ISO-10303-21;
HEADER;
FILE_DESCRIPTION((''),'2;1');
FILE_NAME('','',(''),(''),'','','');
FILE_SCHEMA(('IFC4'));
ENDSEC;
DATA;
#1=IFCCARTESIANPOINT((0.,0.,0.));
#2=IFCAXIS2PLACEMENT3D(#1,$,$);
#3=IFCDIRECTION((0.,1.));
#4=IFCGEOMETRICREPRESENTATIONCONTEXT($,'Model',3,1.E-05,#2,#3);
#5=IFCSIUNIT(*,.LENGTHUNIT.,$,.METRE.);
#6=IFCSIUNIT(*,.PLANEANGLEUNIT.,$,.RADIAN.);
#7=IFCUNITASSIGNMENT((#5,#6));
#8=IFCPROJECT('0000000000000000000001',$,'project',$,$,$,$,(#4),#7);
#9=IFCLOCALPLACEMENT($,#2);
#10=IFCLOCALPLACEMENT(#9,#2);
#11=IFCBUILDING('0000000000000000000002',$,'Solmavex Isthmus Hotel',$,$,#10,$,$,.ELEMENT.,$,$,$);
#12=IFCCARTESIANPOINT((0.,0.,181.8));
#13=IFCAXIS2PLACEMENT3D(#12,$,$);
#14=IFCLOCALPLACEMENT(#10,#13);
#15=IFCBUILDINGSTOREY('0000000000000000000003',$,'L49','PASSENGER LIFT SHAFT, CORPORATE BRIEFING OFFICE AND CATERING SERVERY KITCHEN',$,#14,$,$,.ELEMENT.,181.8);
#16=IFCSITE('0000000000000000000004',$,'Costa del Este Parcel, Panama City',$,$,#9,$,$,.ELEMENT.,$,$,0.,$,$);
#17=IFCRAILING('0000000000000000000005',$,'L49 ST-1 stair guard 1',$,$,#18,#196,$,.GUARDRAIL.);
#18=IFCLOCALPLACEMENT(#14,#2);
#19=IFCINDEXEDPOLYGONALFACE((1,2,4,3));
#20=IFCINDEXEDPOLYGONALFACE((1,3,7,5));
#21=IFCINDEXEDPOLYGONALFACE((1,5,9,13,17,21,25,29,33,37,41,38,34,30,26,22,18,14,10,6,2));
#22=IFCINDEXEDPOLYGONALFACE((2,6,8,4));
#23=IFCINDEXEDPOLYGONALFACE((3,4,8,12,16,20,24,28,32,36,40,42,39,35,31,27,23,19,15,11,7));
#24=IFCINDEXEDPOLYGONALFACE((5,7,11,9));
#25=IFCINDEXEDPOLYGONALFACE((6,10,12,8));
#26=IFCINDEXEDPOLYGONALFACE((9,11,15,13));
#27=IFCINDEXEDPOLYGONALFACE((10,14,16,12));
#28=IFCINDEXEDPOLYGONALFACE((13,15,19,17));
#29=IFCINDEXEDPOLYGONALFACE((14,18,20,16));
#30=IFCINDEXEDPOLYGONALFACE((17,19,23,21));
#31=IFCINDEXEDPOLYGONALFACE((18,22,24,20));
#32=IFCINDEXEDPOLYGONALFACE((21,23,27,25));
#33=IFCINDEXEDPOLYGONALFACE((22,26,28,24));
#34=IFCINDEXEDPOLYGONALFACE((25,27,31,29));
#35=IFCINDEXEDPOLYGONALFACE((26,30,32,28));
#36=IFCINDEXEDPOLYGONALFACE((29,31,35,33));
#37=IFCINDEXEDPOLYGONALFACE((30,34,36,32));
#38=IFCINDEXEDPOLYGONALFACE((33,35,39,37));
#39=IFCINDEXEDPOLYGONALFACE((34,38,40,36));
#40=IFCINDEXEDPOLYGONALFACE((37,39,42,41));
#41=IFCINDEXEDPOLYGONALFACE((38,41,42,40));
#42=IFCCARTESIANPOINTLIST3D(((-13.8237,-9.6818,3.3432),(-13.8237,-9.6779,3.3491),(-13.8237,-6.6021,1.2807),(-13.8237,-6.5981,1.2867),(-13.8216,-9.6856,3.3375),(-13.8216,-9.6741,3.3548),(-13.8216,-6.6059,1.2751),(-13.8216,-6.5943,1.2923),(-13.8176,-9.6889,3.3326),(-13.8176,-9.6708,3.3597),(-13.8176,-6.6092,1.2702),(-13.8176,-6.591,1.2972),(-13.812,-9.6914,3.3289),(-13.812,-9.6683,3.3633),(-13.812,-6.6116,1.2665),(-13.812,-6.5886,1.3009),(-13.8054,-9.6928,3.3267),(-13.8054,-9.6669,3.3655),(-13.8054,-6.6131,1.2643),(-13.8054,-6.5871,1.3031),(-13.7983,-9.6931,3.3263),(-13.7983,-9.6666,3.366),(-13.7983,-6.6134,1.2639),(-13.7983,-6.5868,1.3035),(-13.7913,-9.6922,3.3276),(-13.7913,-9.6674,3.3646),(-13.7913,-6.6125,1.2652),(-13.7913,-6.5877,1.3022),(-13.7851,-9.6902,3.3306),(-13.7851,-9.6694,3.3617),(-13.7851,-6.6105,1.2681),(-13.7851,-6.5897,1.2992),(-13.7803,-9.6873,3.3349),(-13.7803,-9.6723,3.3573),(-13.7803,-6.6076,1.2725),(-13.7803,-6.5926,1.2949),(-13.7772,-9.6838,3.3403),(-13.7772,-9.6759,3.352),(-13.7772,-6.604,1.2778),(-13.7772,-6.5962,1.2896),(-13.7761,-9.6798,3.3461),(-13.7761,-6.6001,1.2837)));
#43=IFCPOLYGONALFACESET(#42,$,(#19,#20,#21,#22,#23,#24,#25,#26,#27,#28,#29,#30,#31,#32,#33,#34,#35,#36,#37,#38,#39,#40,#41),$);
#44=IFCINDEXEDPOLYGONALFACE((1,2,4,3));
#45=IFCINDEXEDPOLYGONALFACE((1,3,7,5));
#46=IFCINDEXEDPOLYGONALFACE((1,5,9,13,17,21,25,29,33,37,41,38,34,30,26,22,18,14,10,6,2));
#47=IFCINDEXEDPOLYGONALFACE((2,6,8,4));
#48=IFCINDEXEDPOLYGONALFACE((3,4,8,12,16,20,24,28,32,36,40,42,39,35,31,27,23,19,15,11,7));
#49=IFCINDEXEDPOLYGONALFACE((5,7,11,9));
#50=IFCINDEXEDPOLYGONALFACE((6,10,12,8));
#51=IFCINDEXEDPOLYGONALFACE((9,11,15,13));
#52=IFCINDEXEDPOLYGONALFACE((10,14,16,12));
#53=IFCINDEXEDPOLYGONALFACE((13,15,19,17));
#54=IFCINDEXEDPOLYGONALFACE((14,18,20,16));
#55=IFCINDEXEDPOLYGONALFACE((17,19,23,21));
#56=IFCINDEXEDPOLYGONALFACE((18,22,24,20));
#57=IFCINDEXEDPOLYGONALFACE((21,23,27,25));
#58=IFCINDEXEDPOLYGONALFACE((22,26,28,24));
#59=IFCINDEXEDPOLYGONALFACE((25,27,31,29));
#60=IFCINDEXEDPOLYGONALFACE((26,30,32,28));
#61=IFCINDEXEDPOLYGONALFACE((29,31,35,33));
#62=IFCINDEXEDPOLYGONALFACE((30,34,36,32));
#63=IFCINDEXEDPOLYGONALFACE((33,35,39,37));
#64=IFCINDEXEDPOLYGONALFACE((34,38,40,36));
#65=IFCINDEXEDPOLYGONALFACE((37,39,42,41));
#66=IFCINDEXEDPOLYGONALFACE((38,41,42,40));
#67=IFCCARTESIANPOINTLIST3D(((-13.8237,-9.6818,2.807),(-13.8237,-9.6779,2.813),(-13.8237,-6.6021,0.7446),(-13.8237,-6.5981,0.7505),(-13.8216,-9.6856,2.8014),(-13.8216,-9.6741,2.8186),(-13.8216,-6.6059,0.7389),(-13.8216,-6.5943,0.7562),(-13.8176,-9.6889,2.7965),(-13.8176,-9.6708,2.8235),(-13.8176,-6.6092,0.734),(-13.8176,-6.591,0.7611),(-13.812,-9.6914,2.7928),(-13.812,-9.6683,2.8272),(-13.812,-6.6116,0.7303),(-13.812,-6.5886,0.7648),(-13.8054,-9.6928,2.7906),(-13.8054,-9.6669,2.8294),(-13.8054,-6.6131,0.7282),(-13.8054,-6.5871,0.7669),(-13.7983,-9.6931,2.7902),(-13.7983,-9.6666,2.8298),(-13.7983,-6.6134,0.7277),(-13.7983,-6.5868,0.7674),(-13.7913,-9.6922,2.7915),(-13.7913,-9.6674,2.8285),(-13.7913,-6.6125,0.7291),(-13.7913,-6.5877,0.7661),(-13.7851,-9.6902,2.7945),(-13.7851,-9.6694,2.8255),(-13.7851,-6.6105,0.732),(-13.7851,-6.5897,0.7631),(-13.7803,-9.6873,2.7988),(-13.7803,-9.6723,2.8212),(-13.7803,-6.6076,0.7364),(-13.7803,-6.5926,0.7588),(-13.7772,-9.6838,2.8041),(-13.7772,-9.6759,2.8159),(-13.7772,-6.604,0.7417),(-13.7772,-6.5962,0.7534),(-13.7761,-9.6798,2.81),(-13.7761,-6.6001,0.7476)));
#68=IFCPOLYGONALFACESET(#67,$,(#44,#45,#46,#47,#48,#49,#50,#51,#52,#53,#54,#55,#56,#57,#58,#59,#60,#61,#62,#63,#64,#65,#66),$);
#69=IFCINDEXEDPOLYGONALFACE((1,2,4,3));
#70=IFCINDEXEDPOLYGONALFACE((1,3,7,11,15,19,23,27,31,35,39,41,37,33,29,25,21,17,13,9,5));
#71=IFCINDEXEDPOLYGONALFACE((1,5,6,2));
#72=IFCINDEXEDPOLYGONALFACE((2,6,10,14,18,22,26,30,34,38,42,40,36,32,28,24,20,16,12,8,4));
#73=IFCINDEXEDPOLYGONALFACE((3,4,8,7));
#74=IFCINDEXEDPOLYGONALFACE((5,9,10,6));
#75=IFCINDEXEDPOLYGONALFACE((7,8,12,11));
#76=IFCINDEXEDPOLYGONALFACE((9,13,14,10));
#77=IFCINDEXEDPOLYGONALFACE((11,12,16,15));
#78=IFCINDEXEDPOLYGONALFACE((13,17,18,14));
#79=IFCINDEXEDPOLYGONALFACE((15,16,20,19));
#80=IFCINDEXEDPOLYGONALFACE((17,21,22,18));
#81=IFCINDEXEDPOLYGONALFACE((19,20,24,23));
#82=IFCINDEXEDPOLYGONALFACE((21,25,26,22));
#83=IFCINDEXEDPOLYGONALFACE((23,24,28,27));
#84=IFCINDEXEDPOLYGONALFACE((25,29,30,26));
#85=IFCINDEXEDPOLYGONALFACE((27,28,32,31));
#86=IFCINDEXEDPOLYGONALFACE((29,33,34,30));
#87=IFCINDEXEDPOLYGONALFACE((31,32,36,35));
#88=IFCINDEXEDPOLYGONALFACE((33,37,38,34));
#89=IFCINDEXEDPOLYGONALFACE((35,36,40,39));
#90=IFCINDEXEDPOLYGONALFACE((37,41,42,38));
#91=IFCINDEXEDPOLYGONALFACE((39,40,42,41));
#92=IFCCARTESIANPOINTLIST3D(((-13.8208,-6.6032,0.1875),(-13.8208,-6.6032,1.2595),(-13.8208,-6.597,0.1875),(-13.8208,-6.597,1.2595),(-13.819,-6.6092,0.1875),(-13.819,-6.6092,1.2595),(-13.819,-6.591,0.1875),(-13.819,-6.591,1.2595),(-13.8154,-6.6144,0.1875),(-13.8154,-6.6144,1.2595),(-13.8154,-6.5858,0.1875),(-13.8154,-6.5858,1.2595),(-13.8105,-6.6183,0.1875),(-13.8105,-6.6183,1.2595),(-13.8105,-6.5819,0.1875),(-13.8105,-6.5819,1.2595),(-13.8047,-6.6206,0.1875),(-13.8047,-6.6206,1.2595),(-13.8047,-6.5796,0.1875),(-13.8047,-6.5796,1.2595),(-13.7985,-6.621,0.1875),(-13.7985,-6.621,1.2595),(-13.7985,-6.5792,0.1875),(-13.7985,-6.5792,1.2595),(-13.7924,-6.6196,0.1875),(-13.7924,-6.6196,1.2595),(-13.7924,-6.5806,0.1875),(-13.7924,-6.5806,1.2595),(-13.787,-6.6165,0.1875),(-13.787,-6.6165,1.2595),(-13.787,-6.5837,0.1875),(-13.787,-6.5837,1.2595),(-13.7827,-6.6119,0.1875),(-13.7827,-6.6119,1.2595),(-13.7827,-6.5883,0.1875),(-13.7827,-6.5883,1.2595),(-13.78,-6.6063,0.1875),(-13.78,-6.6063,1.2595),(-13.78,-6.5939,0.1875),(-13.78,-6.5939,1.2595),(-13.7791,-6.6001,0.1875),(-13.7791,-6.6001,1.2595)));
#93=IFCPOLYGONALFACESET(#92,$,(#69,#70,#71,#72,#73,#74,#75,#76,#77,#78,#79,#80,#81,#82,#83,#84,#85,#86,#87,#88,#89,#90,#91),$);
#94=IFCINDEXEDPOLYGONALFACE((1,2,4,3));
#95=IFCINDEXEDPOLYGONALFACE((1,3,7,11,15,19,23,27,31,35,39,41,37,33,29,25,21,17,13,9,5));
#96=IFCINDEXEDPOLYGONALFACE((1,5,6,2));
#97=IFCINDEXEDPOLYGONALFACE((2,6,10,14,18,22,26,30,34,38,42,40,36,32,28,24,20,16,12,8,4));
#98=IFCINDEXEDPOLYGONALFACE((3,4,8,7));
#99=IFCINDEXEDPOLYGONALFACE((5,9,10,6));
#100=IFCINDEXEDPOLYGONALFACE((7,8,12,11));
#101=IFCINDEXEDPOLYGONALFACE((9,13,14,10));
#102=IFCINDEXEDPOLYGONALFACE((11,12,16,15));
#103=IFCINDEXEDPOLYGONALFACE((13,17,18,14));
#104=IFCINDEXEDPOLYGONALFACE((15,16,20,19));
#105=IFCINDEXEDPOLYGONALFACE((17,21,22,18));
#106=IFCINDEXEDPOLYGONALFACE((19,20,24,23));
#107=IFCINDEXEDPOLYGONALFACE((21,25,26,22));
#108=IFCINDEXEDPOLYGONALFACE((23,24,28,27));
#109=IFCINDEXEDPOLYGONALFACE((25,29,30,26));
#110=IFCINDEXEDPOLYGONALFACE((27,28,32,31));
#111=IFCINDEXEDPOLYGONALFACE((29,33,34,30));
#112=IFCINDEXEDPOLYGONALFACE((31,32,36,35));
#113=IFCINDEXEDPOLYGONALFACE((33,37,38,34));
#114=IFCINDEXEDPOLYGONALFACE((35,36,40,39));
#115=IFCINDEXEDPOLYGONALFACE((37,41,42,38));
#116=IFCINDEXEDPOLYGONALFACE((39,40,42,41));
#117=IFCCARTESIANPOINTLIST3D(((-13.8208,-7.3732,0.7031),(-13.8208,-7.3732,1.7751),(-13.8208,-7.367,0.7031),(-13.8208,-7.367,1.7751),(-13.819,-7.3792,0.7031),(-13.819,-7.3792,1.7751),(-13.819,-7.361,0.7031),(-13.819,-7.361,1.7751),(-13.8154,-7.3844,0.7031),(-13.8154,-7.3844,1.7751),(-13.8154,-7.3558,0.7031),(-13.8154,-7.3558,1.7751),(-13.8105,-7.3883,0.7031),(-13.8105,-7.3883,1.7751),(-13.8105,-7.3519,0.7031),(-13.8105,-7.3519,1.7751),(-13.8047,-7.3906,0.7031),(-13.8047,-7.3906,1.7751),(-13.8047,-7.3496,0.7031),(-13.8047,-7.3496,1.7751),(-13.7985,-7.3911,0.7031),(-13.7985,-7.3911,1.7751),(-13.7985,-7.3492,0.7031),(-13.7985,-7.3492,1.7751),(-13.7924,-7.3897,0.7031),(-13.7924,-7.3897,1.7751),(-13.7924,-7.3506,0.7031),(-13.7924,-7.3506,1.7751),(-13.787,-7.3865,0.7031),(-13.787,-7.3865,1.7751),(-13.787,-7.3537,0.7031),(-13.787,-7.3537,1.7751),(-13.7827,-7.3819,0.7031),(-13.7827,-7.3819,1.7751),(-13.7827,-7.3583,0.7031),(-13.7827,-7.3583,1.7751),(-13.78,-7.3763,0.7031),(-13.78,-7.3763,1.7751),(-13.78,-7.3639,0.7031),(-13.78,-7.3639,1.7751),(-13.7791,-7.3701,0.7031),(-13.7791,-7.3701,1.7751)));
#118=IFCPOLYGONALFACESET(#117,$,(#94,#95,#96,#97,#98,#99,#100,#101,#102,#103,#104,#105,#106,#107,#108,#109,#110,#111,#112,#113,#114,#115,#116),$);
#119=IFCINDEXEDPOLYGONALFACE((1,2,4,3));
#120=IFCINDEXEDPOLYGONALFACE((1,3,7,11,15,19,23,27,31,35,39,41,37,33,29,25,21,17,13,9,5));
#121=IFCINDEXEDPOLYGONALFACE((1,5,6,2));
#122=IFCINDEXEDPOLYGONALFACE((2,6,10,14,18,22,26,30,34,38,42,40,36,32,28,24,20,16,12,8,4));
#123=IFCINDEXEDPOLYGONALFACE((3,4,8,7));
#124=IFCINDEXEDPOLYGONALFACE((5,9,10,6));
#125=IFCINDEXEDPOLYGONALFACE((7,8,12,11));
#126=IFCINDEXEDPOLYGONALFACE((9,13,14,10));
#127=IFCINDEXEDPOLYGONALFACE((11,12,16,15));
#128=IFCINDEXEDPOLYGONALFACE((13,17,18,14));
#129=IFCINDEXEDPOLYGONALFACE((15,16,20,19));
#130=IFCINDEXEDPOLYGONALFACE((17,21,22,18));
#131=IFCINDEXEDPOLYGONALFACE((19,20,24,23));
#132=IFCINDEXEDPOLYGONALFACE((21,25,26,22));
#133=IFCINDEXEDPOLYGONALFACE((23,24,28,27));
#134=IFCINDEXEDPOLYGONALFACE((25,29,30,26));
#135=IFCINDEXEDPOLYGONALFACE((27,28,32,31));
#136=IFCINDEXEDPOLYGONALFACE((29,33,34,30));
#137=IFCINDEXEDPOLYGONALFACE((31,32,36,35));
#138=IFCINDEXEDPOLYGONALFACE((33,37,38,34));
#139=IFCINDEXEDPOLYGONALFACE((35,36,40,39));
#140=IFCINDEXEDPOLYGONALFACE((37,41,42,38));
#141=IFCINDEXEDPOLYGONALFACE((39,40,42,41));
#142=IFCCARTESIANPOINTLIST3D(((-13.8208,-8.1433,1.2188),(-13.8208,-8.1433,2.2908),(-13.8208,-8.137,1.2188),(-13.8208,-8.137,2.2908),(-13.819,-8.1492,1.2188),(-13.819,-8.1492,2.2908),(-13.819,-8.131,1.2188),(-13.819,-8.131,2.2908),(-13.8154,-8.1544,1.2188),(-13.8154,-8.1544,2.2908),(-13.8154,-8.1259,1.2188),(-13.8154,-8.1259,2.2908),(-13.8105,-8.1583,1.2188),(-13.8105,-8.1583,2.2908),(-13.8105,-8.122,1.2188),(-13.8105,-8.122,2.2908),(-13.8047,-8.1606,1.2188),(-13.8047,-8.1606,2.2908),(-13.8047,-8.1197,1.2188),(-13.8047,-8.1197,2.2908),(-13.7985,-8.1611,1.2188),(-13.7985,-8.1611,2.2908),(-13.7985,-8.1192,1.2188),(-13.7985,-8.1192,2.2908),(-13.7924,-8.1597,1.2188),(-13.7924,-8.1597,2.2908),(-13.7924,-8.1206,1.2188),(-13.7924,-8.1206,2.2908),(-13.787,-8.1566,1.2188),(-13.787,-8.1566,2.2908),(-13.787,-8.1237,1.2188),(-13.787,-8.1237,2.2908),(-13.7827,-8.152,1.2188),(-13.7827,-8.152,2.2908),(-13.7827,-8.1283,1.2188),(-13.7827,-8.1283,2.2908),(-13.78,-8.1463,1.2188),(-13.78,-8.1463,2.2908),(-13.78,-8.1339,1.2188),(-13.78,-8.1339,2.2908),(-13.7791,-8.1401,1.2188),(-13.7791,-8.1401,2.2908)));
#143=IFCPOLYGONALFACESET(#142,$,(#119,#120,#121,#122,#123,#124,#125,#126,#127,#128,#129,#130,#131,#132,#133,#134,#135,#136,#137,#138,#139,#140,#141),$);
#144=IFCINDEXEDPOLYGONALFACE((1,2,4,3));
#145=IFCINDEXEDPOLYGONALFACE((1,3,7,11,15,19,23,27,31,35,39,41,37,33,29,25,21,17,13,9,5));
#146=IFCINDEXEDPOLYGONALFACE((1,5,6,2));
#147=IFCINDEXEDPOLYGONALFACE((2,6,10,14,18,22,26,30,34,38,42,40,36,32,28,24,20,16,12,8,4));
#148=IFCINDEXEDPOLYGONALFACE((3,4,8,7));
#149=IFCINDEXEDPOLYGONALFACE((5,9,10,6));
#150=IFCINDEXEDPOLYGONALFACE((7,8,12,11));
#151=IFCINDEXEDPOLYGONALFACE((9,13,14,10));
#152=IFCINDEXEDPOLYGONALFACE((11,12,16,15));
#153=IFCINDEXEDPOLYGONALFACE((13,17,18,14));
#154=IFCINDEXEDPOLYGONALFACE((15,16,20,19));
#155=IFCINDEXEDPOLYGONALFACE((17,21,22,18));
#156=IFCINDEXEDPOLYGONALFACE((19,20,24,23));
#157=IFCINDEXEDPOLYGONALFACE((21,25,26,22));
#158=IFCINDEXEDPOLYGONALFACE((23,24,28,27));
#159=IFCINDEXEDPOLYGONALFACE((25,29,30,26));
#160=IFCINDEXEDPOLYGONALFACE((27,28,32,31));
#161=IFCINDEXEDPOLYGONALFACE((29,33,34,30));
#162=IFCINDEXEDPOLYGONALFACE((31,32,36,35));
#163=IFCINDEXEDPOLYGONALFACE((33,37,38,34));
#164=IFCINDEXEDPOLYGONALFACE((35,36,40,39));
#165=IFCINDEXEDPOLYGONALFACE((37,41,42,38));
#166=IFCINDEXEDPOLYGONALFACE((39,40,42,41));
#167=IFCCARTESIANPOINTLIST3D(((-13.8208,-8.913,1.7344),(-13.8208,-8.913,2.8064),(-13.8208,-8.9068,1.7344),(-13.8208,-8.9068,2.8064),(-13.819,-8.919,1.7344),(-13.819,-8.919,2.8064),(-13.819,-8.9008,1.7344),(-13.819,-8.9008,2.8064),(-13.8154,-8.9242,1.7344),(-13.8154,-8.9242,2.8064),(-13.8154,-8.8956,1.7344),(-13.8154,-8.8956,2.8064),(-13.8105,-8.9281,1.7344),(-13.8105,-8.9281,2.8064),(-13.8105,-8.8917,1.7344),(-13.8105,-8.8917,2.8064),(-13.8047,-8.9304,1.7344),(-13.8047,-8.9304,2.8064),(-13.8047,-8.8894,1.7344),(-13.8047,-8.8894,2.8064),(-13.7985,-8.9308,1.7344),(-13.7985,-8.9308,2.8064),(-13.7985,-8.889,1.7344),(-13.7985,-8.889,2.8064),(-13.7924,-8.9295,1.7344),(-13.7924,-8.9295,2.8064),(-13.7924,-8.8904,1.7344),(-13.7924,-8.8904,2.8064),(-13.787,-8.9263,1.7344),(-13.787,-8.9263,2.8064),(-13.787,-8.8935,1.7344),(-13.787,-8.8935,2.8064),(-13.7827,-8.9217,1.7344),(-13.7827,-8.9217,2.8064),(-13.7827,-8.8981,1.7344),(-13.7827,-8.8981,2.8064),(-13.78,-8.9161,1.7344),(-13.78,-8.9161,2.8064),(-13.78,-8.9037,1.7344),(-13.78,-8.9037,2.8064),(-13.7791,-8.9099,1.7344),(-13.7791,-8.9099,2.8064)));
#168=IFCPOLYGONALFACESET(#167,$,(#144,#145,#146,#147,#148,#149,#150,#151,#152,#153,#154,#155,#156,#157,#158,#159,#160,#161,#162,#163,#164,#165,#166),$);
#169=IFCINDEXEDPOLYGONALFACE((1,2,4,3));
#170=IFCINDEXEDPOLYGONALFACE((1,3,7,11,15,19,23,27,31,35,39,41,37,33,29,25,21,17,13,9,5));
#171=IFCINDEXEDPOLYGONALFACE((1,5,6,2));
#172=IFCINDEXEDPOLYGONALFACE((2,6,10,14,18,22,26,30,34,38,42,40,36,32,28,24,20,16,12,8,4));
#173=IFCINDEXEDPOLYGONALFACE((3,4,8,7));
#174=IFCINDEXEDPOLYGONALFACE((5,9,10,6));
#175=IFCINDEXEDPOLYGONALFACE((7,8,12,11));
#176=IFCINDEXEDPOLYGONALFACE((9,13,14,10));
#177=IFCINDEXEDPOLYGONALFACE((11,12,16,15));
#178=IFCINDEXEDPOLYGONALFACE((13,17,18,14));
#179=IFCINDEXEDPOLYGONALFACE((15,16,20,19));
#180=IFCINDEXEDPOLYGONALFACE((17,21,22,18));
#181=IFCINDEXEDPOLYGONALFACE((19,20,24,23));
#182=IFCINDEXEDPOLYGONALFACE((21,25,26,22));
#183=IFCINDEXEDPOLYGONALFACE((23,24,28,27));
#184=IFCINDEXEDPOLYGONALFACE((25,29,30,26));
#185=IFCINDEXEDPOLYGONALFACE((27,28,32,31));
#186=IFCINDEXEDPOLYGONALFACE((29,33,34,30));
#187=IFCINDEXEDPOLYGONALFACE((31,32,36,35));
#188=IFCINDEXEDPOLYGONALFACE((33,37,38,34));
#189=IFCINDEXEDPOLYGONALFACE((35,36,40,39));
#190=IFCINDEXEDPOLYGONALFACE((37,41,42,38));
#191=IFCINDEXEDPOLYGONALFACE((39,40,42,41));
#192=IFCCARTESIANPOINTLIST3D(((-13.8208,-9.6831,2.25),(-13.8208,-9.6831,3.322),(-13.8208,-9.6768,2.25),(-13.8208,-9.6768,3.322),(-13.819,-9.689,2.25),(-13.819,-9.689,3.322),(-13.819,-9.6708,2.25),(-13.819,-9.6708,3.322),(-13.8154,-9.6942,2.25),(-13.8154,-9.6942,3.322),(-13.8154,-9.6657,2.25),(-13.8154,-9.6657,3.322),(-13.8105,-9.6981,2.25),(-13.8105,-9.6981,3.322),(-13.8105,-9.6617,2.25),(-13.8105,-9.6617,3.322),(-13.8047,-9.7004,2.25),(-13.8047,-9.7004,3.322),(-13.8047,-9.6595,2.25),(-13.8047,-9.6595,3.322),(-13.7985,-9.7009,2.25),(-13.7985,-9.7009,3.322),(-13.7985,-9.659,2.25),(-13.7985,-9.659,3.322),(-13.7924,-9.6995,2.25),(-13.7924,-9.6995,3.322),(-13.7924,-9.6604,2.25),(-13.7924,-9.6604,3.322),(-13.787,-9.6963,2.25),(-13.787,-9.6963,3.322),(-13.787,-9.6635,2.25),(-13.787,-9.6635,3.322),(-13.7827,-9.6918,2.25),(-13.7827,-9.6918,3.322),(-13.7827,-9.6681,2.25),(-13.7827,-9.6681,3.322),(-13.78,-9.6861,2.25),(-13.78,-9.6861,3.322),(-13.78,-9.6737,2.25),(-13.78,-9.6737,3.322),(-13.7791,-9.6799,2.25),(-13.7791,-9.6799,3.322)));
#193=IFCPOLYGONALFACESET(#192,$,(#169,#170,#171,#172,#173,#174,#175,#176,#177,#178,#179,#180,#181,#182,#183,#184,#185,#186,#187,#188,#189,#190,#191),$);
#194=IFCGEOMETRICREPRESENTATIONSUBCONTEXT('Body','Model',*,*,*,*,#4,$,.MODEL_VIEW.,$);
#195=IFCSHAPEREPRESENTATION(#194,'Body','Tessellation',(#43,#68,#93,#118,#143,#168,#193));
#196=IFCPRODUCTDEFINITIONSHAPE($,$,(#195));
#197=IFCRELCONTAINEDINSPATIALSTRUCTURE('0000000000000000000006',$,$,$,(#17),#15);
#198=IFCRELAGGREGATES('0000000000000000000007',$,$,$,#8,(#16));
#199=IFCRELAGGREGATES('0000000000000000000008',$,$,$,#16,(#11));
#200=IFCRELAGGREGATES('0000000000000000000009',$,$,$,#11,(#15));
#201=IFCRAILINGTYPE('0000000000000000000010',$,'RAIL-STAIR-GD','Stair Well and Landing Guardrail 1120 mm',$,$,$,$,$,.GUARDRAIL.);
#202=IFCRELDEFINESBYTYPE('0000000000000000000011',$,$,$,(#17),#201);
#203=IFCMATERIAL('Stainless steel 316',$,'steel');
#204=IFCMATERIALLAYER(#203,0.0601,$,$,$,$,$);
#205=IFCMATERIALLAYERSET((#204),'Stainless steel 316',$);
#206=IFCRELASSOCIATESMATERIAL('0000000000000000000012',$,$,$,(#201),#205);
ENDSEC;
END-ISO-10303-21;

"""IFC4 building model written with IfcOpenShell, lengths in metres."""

from ifc_helpers import new_model, si_unit, direction, frame, origin, origin_2d, place, context, subcontext, project, spatial, circle, extrude, material, layer, layer_set, type_object, element, save


model = new_model("IFC4")

# Units and contexts
model_context = context("Model", 3, precision=1e-05, world=origin(), true_north=direction((0.0, 1.0)))
body_context = subcontext(model_context, "Body", "Model", "MODEL_VIEW")
ifc_project = project(units=[si_unit("LENGTHUNIT", "METRE"), si_unit("PLANEANGLEUNIT", "RADIAN")], contexts=[model_context])

# Site, building, storey
site_placement = place(None, origin())
site = spatial("IfcSite", under=ifc_project, at=site_placement, Name="Costa del Este Parcel, Panama City", CompositionType="ELEMENT", RefElevation=0.0)
building_placement = place(site_placement, origin())
building = spatial("IfcBuilding", under=site, at=building_placement, Name="Solmavex Isthmus Hotel", CompositionType="ELEMENT")
storey_placement = place(building_placement, frame((0.0, 0.0, 181.8)))
storey = spatial("IfcBuildingStorey", under=building, at=storey_placement, Name="L49", Description="PASSENGER LIFT SHAFT, CORPORATE BRIEFING OFFICE AND CATERING SERVERY KITCHEN", CompositionType="ELEMENT", Elevation=181.8)

# Railing
ifc_material_1 = material(Name="Stainless steel 316", Category="steel")
ifc_layer_1 = layer(ifc_material_1, 0.0601)
ifc_layer_set_1 = layer_set([ifc_layer_1], Name="Stainless steel 316")
railing_type_1 = type_object("IfcRailingType", Name="RAIL-STAIR-GD", Description="Stair Well and Landing Guardrail 1120 mm", PredefinedType="GUARDRAIL", material=ifc_layer_set_1)
railing_1_placement = place(storey_placement, frame((-13.8, -6.6001, 0.1875)))
element("IfcRailing", 1, at=railing_1_placement, inside=storey, type_object=railing_type_1, Name="L49 ST-1 stair guard 1", PredefinedType="GUARDRAIL", context=body_context, shape_type="SweptSolid", body=[
    extrude(circle(Radius=0.0239, at=origin_2d()), frame((0.0, 0.0, 1.0962), z_axis=(0.0, -0.830893, 0.556432), x_axis=(1.0, 0.0, 0.0)), (0.0, 0.0, 1.0), 3.7065),
    extrude(circle(Radius=0.0239, at=origin_2d()), frame((0.0, 0.0, 0.5601), z_axis=(0.0, -0.830893, 0.556432), x_axis=(1.0, 0.0, 0.0)), (0.0, 0.0, 1.0), 3.7065),
    extrude(circle(Radius=0.021, at=origin_2d()), origin(), (0.0, 0.0, 1.0), 1.072),
    extrude(circle(Radius=0.021, at=origin_2d()), frame((0.0, -0.77, 0.5156)), (0.0, 0.0, 1.0), 1.072),
    extrude(circle(Radius=0.021, at=origin_2d()), frame((0.0, -1.54, 1.0312)), (0.0, 0.0, 1.0), 1.072),
    extrude(circle(Radius=0.021, at=origin_2d()), frame((0.0, -2.3098, 1.5469)), (0.0, 0.0, 1.0), 1.072),
    extrude(circle(Radius=0.021, at=origin_2d()), frame((0.0, -3.0798, 2.0625)), (0.0, 0.0, 1.0), 1.072),
])

save(model, "model.ifc")
